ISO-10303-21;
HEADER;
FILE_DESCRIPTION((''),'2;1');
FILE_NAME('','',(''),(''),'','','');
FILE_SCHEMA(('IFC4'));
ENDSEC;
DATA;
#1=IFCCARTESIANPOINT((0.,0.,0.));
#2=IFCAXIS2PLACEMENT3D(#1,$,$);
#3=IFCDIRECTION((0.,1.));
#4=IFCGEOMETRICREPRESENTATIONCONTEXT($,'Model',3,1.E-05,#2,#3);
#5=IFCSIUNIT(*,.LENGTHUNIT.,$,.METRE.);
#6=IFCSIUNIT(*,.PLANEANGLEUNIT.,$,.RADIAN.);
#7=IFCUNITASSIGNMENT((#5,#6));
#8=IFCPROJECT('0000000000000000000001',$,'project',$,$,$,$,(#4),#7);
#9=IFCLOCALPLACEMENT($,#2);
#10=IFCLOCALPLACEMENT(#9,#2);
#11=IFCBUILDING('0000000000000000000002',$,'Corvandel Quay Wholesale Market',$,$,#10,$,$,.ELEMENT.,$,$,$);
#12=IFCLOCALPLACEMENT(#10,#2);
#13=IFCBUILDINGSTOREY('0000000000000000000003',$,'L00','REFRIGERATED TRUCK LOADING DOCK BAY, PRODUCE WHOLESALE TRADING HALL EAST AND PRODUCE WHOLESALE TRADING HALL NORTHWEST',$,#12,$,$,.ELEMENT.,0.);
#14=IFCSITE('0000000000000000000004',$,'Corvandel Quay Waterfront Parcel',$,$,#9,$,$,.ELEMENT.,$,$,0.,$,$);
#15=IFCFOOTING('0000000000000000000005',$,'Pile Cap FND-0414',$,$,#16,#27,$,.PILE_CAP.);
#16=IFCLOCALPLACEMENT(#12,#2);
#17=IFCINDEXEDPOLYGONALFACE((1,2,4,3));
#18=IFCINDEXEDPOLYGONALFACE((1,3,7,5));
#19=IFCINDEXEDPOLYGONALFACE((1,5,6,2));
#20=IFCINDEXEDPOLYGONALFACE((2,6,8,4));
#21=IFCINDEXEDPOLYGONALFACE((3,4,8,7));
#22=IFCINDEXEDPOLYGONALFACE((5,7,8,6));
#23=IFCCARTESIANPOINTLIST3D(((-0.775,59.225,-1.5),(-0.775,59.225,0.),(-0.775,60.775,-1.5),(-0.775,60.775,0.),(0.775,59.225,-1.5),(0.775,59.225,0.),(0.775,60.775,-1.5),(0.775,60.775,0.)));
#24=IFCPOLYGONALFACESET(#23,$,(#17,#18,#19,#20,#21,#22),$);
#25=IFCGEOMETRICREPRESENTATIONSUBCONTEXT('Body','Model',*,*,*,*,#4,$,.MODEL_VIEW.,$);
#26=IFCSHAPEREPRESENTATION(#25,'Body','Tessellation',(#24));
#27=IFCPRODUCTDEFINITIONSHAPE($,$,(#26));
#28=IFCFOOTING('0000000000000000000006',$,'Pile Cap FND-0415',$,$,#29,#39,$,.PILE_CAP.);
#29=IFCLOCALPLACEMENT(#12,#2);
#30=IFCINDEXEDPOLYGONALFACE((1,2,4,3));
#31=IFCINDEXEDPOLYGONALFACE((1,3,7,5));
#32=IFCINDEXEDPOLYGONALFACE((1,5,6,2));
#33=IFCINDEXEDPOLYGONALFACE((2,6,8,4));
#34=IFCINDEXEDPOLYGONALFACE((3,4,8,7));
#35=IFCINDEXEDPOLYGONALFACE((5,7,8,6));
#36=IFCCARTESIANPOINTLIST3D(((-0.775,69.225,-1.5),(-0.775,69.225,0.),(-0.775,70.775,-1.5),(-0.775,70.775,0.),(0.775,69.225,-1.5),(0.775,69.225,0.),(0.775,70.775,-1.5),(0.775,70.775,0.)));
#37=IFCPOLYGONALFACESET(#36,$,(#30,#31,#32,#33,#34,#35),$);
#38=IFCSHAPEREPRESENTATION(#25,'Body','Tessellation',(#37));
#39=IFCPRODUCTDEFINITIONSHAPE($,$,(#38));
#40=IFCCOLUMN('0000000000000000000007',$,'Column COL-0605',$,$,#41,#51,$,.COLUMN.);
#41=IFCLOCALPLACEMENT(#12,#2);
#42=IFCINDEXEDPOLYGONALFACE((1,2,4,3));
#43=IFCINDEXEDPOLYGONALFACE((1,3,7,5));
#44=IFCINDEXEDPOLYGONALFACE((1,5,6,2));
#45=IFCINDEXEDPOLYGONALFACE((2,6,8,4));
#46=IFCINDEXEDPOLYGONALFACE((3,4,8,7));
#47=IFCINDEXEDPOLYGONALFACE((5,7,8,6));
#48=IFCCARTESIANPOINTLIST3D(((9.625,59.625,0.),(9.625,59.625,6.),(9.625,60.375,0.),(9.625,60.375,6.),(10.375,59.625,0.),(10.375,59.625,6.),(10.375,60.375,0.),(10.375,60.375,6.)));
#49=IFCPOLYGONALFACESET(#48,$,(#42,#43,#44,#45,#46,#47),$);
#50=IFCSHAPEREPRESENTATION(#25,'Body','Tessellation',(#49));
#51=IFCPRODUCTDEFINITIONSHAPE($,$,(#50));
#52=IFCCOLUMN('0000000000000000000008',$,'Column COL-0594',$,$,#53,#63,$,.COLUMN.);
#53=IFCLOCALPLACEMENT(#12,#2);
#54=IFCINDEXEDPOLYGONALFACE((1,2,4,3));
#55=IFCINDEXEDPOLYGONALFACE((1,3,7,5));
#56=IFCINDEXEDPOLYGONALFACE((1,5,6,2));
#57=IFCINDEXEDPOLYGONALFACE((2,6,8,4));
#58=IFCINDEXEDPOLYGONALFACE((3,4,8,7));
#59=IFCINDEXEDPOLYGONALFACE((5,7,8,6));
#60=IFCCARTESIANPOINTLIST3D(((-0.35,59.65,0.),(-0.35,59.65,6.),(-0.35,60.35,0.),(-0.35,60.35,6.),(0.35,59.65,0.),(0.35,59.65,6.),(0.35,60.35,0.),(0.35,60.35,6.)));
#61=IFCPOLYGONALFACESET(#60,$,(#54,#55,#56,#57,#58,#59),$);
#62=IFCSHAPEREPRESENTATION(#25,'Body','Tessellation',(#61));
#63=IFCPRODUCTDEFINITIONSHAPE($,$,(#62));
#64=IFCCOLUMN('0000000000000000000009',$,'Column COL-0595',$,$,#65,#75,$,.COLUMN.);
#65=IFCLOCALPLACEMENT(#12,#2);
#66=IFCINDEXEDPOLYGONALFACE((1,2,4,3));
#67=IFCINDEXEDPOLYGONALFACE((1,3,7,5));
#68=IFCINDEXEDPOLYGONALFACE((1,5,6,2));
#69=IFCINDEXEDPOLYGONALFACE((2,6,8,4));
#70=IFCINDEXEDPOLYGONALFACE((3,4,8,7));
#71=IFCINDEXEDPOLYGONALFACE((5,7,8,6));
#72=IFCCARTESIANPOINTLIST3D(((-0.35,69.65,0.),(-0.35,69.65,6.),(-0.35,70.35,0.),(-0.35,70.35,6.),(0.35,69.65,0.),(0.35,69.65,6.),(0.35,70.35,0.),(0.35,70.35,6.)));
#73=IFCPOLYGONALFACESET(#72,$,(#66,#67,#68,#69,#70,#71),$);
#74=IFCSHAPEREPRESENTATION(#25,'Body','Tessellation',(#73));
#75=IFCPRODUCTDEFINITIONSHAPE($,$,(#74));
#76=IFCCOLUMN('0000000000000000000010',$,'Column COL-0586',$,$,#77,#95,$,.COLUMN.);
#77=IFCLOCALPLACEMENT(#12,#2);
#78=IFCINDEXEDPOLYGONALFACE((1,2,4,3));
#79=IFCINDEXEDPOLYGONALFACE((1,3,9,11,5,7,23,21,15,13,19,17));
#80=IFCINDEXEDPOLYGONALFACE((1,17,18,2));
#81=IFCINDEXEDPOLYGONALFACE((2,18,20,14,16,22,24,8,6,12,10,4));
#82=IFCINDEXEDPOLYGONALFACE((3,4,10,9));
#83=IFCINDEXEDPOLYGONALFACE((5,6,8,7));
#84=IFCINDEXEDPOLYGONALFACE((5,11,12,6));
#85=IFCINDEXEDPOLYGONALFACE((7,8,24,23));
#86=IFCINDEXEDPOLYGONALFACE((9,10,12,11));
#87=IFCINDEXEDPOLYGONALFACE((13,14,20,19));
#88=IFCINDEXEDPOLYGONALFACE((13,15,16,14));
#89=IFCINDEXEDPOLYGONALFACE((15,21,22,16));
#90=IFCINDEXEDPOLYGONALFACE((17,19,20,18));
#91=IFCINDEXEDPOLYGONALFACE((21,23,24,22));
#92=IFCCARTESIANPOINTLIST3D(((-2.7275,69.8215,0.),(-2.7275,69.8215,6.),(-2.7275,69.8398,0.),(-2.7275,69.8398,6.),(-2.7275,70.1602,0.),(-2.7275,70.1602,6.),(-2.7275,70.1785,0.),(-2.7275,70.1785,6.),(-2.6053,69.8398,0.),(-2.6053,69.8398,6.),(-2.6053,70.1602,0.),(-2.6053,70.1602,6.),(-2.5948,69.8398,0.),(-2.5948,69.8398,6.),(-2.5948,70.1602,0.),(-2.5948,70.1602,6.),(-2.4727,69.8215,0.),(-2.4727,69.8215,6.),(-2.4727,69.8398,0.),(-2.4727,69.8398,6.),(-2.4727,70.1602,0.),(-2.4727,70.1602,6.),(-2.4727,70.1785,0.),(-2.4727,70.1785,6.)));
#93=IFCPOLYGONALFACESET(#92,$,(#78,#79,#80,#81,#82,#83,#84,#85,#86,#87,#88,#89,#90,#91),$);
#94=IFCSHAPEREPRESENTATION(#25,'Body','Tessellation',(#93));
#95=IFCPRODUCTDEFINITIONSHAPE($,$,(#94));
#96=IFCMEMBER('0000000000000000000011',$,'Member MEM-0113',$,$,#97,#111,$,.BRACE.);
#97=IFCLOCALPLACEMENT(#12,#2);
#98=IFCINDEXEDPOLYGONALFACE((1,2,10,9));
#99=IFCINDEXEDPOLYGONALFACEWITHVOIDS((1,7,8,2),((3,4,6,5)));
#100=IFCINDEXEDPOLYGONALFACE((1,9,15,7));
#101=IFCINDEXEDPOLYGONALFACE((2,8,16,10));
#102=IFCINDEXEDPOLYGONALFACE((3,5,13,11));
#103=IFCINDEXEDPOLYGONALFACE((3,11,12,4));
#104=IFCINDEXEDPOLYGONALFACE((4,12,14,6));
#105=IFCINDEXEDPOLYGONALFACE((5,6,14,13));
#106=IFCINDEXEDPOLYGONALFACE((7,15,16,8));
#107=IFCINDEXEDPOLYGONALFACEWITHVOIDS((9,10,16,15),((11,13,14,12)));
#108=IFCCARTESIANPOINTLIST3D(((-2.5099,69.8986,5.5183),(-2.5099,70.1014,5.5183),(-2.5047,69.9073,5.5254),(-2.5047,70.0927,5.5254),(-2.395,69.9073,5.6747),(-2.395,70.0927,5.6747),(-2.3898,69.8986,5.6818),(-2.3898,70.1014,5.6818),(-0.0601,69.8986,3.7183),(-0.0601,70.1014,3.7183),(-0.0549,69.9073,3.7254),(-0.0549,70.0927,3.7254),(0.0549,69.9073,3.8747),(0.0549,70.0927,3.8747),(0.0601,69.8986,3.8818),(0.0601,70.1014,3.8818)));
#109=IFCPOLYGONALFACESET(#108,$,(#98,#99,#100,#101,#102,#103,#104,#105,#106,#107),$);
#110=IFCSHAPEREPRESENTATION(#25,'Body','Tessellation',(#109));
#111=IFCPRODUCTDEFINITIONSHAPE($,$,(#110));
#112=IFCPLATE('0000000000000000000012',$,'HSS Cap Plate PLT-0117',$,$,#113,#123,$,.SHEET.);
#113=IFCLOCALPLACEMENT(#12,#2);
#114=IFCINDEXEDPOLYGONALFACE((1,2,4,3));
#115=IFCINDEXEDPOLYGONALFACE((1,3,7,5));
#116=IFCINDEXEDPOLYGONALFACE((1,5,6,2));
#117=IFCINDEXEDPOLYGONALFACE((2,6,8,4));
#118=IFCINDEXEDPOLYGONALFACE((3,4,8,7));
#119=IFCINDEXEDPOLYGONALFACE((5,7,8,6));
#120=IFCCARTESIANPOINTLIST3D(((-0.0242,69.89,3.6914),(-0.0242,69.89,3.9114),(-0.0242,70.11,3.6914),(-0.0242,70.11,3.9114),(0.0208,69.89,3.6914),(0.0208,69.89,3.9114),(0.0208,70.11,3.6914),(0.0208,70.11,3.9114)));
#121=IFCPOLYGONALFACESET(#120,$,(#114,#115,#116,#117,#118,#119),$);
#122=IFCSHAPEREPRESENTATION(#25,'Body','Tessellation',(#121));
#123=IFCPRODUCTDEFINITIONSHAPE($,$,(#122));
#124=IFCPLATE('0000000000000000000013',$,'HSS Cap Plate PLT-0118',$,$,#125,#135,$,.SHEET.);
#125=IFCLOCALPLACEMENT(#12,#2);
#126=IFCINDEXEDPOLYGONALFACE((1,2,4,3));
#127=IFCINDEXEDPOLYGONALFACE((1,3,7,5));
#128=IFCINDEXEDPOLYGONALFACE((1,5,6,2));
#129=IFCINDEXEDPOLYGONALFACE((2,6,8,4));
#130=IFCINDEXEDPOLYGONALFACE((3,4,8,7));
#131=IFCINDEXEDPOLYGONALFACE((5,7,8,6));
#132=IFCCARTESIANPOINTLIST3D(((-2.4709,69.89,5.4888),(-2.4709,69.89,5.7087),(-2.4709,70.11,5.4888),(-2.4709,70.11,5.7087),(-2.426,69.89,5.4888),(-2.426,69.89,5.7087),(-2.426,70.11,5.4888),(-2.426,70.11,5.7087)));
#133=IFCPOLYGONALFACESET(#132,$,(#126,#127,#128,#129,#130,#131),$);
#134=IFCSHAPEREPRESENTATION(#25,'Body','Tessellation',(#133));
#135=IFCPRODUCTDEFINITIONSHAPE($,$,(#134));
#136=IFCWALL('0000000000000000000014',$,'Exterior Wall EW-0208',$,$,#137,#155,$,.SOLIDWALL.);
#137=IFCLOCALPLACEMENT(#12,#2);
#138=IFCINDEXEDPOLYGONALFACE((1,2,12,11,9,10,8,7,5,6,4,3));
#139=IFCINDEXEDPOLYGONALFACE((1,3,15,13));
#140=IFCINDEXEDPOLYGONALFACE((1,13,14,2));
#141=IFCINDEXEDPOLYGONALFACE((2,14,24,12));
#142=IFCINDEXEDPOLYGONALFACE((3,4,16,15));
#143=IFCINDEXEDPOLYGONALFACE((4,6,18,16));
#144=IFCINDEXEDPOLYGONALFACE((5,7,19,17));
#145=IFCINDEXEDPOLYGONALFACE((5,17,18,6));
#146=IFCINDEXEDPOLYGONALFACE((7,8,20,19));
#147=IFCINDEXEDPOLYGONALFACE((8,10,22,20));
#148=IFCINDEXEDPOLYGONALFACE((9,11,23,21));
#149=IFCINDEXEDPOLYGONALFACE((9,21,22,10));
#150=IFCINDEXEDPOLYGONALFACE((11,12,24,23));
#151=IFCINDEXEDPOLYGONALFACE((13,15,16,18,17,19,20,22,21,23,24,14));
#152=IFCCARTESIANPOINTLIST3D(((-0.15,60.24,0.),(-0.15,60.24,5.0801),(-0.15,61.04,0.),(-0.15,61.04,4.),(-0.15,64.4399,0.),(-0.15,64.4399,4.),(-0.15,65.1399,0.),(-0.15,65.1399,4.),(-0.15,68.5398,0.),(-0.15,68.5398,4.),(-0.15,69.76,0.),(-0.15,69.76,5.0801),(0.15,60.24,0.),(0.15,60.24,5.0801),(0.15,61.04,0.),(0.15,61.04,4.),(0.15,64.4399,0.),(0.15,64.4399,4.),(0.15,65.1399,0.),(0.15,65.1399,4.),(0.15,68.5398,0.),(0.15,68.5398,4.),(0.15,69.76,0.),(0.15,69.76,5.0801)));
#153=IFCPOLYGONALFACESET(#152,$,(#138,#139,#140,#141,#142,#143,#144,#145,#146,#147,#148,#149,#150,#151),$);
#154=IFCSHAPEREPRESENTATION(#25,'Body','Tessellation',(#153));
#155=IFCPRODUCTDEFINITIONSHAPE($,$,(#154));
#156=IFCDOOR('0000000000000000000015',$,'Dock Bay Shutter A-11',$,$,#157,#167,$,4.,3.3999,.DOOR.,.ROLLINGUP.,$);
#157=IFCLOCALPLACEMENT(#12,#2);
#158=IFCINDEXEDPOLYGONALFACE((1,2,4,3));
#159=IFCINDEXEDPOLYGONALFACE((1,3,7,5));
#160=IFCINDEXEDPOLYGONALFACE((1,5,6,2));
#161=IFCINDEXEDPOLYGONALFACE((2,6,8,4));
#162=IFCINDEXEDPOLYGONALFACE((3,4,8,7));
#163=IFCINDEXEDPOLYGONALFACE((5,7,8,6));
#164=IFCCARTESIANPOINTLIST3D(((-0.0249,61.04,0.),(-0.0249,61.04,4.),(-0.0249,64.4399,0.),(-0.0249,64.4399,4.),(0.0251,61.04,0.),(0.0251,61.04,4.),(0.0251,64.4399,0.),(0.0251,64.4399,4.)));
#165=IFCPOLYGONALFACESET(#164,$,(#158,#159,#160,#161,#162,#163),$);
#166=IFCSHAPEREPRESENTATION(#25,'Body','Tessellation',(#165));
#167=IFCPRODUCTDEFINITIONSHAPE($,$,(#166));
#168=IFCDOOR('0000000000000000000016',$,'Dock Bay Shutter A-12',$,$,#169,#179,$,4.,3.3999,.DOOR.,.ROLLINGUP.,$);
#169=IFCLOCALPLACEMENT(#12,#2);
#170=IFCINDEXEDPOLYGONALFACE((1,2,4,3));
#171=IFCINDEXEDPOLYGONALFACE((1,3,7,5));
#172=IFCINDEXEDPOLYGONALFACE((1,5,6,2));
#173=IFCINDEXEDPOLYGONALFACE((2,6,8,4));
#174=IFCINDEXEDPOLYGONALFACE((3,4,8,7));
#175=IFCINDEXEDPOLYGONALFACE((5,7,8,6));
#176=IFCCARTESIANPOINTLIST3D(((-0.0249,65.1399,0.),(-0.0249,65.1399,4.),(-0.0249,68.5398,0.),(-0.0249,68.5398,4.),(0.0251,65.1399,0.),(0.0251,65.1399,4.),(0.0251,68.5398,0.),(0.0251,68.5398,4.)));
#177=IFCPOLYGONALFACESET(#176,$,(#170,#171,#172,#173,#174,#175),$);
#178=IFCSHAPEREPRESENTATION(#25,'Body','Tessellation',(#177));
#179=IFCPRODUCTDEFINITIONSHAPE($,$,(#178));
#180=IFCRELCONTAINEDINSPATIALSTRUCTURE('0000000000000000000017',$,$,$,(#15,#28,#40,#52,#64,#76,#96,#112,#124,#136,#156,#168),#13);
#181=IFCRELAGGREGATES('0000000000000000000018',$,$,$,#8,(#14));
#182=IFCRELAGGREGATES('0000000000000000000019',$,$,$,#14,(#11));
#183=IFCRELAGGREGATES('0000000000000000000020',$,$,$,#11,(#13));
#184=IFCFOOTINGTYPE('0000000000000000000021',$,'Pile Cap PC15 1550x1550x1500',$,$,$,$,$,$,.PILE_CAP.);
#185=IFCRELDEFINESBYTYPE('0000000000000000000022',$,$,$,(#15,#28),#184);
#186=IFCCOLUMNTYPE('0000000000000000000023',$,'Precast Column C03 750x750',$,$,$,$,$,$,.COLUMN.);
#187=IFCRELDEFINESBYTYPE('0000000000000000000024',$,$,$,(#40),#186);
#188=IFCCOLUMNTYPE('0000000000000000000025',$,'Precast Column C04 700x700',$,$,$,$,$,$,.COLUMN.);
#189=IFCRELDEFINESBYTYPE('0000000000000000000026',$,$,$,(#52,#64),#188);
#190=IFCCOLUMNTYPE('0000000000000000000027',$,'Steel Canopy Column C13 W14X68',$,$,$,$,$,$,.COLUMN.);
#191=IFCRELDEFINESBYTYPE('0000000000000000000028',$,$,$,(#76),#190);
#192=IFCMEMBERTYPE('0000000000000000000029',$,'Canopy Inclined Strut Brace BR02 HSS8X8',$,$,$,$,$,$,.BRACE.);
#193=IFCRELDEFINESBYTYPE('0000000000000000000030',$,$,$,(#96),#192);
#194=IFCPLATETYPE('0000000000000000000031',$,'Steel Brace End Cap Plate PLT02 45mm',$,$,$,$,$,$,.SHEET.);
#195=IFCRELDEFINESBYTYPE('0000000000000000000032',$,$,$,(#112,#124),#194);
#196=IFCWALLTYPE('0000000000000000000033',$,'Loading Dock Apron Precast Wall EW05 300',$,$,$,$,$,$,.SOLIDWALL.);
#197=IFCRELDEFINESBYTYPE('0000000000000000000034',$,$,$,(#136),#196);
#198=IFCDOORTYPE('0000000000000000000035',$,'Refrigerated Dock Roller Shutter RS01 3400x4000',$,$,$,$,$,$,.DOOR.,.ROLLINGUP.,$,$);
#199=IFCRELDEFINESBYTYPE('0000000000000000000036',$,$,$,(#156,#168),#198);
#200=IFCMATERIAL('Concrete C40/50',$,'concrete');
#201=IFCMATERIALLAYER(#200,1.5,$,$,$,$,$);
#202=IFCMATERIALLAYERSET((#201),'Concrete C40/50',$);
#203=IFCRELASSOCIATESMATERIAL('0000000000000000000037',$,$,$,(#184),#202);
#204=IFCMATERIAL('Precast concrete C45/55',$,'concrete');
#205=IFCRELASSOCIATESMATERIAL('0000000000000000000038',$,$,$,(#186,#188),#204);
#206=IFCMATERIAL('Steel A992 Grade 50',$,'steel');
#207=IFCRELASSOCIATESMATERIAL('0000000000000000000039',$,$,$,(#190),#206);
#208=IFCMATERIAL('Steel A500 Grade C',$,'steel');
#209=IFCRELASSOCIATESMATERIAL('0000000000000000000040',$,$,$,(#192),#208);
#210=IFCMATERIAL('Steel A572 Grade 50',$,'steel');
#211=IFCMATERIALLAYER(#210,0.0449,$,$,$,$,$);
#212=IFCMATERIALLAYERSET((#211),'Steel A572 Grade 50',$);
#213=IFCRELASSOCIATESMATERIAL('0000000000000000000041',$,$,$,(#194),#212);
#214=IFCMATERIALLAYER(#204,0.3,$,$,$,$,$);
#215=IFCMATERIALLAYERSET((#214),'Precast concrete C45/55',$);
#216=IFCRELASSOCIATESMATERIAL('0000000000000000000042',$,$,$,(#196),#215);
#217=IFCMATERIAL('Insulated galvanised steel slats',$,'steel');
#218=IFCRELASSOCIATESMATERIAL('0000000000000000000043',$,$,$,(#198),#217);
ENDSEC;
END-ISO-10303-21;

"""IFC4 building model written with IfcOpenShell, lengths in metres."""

from ifc_helpers import new_model, si_unit, direction, frame, frame_2d, origin, origin_2d, place, context, subcontext, project, spatial, rectangle, hollow_rectangle, i_section, extrude, material, layer, layer_set, material_profile, profile_set, type_object, element, fill, save


model = new_model("IFC4")

# Units and contexts
model_context = context("Model", 3, precision=1e-05, world=origin(), true_north=direction((0.0, 1.0)))
body_context = subcontext(model_context, "Body", "Model", "MODEL_VIEW")
ifc_project = project(units=[si_unit("LENGTHUNIT", "METRE"), si_unit("PLANEANGLEUNIT", "RADIAN")], contexts=[model_context])

# Site, building, storey
site_placement = place(None, origin())
site = spatial("IfcSite", under=ifc_project, at=site_placement, Name="Corvandel Quay Waterfront Parcel", CompositionType="ELEMENT", RefElevation=0.0)
building_placement = place(site_placement, origin())
building = spatial("IfcBuilding", under=site, at=building_placement, Name="Corvandel Quay Wholesale Market", CompositionType="ELEMENT")
storey_placement = place(building_placement, origin())
storey = spatial("IfcBuildingStorey", under=building, at=storey_placement, Name="L00", Description="REFRIGERATED TRUCK LOADING DOCK BAY, PRODUCE WHOLESALE TRADING HALL EAST AND PRODUCE WHOLESALE TRADING HALL NORTHWEST", CompositionType="ELEMENT", Elevation=0.0)

# Shared definitions
ifc_material_1 = material(Name="Concrete C40/50", Category="concrete")

# Footings
ifc_layer_1 = layer(ifc_material_1, 1.5)
ifc_layer_set_1 = layer_set([ifc_layer_1], Name="Concrete C40/50")
footing_type_1 = type_object("IfcFootingType", Name="Pile Cap PC15 1550x1550x1500", PredefinedType="PILE_CAP", material=ifc_layer_set_1)
for number, where, z_axis, x_axis, name in (
    (1, (0.0, 60.0, -1.5), (0.0, 0.0, 1.0), (1.0, 0.0, 0.0), "Pile Cap FND-0414"),
    (2, (0.0, 70.0, -1.5), (0.0, 0.0, 1.0), (1.0, 0.0, 0.0), "Pile Cap FND-0415"),
):
    element("IfcFooting", number, at=place(storey_placement, frame(where, z_axis=z_axis, x_axis=x_axis)), inside=storey, type_object=footing_type_1, Name=name, PredefinedType="PILE_CAP", context=body_context, shape_type="SweptSolid", body=[
        extrude(rectangle(XDim=1.55, YDim=1.55, at=origin_2d()), origin(), (0.0, 0.0, 1.0), 1.5),
    ])

# Columns
ifc_material_2 = material(Name="Precast concrete C45/55", Category="concrete")
ifc_material_profile_1 = material_profile(ifc_material_2, rectangle(XDim=0.75, YDim=0.75, at=origin_2d()), Name="PC-COL-750x750")
ifc_profile_set_1 = profile_set([ifc_material_profile_1], Name="Precast concrete C45/55")
column_type_1 = type_object("IfcColumnType", Name="Precast Column C03 750x750", PredefinedType="COLUMN", material=ifc_profile_set_1)
column_1_placement = place(storey_placement, frame((10.0, 60.0, 0.0), z_axis=(0.0, 0.0, 1.0), x_axis=(1.0, 0.0, 0.0)))
element("IfcColumn", 3, at=column_1_placement, inside=storey, type_object=column_type_1, Name="Column COL-0605", PredefinedType="COLUMN", context=body_context, shape_type="SweptSolid", body=[
    extrude(rectangle(XDim=0.75, YDim=0.75, at=origin_2d()), origin(), (0.0, 0.0, 1.0), 6.0),
])
ifc_material_profile_2 = material_profile(ifc_material_2, rectangle(XDim=0.7, YDim=0.7, at=origin_2d()), Name="PC-COL-700x700")
ifc_profile_set_2 = profile_set([ifc_material_profile_2], Name="Precast concrete C45/55")
column_type_2 = type_object("IfcColumnType", Name="Precast Column C04 700x700", PredefinedType="COLUMN", material=ifc_profile_set_2)
for number, where, z_axis, x_axis, name in (
    (4, (0.0, 60.0, 0.0), (0.0, 0.0, 1.0), (1.0, 0.0, 0.0), "Column COL-0594"),
    (5, (0.0, 70.0, 0.0), (0.0, 0.0, 1.0), (1.0, 0.0, 0.0), "Column COL-0595"),
):
    element("IfcColumn", number, at=place(storey_placement, frame(where, z_axis=z_axis, x_axis=x_axis)), inside=storey, type_object=column_type_2, Name=name, PredefinedType="COLUMN", context=body_context, shape_type="SweptSolid", body=[
        extrude(rectangle(XDim=0.7, YDim=0.7, at=origin_2d()), origin(), (0.0, 0.0, 1.0), 6.0),
    ])
ifc_material_3 = material(Name="Steel A992 Grade 50", Category="steel")
ifc_material_profile_3 = material_profile(ifc_material_3, i_section(OverallWidth=0.2549, OverallDepth=0.3569, WebThickness=0.0105, FlangeThickness=0.0183, at=origin_2d()), Name="W14X68")
ifc_profile_set_3 = profile_set([ifc_material_profile_3], Name="Steel A992 Grade 50")
column_type_3 = type_object("IfcColumnType", Name="Steel Canopy Column C13 W14X68", PredefinedType="COLUMN", material=ifc_profile_set_3)
column_2_placement = place(storey_placement, frame((-2.6001, 70.0, 0.0), z_axis=(0.0, 0.0, 1.0), x_axis=(1.0, 0.0, 0.0)))
element("IfcColumn", 6, at=column_2_placement, inside=storey, type_object=column_type_3, Name="Column COL-0586", PredefinedType="COLUMN", context=body_context, shape_type="SweptSolid", body=[
    extrude(i_section(OverallWidth=0.2549, OverallDepth=0.3569, WebThickness=0.0105, FlangeThickness=0.0183, at=origin_2d()), origin(), (0.0, 0.0, 1.0), 6.0),
])

# Member
ifc_material_4 = material(Name="Steel A500 Grade C", Category="steel")
ifc_material_profile_4 = material_profile(ifc_material_4, hollow_rectangle(XDim=0.2029, YDim=0.2029, WallThickness=0.0088, at=origin_2d()), Name="HSS8X8X3/8")
ifc_profile_set_4 = profile_set([ifc_material_profile_4], Name="Steel A500 Grade C")
member_type = type_object("IfcMemberType", Name="Canopy Inclined Strut Brace BR02 HSS8X8", PredefinedType="BRACE", material=ifc_profile_set_4)
member_placement = place(storey_placement, frame((0.0, 70.0, 3.8), z_axis=(-0.805869, 0.0, 0.592095), x_axis=(0.0, -1.0, 0.0)))
element("IfcMember", 7, at=member_placement, inside=storey, type_object=member_type, Name="Member MEM-0113", PredefinedType="BRACE", context=body_context, shape_type="SweptSolid", body=[
    extrude(hollow_rectangle(XDim=0.2029, YDim=0.2029, WallThickness=0.0088, at=origin_2d()), origin(), (0.0, 0.0, 1.0), 3.04),
])

# Plates
ifc_material_5 = material(Name="Steel A572 Grade 50", Category="steel")
ifc_layer_2 = layer(ifc_material_5, 0.0449)
ifc_layer_set_2 = layer_set([ifc_layer_2], Name="Steel A572 Grade 50")
plate_type = type_object("IfcPlateType", Name="Steel Brace End Cap Plate PLT02 45mm", PredefinedType="SHEET", material=ifc_layer_set_2)
for number, where, z_axis, x_axis, name in (
    (8, (-0.0017, 70.0, 3.6914), (0.0, 0.0, 1.0), (0.0, 1.0, 0.0), "HSS Cap Plate PLT-0117"),
    (9, (-2.4485, 70.0, 5.4888), (0.0, 0.0, 1.0), (0.0, 1.0, 0.0), "HSS Cap Plate PLT-0118"),
):
    element("IfcPlate", number, at=place(storey_placement, frame(where, z_axis=z_axis, x_axis=x_axis)), inside=storey, type_object=plate_type, Name=name, PredefinedType="SHEET", context=body_context, shape_type="SweptSolid", body=[
        extrude(rectangle(XDim=0.22, YDim=0.0449, at=origin_2d()), origin(), (0.0, 0.0, 1.0), 0.22),
    ])

# Wall, openings, doors
ifc_layer_3 = layer(ifc_material_2, 0.3)
ifc_layer_set_3 = layer_set([ifc_layer_3], Name="Precast concrete C45/55")
wall_type = type_object("IfcWallType", Name="Loading Dock Apron Precast Wall EW05 300", PredefinedType="SOLIDWALL", material=ifc_layer_set_3)
wall_1_placement = place(storey_placement, frame((0.0, 60.24, 0.0), z_axis=(0.0, 0.0, 1.0), x_axis=(0.0, 1.0, 0.0)))
wall_1 = element("IfcWall", 10, at=wall_1_placement, inside=storey, type_object=wall_type, Name="Exterior Wall EW-0208", PredefinedType="SOLIDWALL", context=body_context, shape_type="SweptSolid", body=[
    extrude(rectangle(XDim=9.52, YDim=0.3, at=frame_2d((4.76, 0.0))), origin(), (0.0, 0.0, 1.0), 5.0801),
])
opening_1_placement = place(wall_1_placement, frame((0.8, 0.0, 0.0)))
opening_1 = element("IfcOpeningElement", 11, at=opening_1_placement, cuts=wall_1, PredefinedType="OPENING", context=body_context, shape_type="SweptSolid", body=[
    extrude(rectangle(XDim=3.3999, YDim=4.0, at=frame_2d((1.7, 2.0))), frame((0.0, 0.1599, 0.0), z_axis=(0.0, -1.0, 0.0), x_axis=(1.0, 0.0, 0.0)), (0.0, 0.0, 1.0), 0.3201),
])
opening_2_placement = place(wall_1_placement, frame((4.8999, 0.0, 0.0)))
opening_2 = element("IfcOpeningElement", 12, at=opening_2_placement, cuts=wall_1, PredefinedType="OPENING", context=body_context, shape_type="SweptSolid", body=[
    extrude(rectangle(XDim=3.3999, YDim=4.0, at=frame_2d((1.7, 2.0))), frame((0.0, 0.1599, 0.0), z_axis=(0.0, -1.0, 0.0), x_axis=(1.0, 0.0, 0.0)), (0.0, 0.0, 1.0), 0.3201),
])
ifc_material_6 = material(Name="Insulated galvanised steel slats", Category="steel")
door_type = type_object("IfcDoorType", Name="Refrigerated Dock Roller Shutter RS01 3400x4000", OperationType="ROLLINGUP", PredefinedType="DOOR", material=ifc_material_6)
door_1_placement = place(opening_1_placement, origin())
door_1 = element("IfcDoor", 13, at=door_1_placement, inside=storey, type_object=door_type, Name="Dock Bay Shutter A-11", OperationType="ROLLINGUP", OverallHeight=4.0, OverallWidth=3.3999, PredefinedType="DOOR", context=body_context, shape_type="SweptSolid", body=[
    extrude(rectangle(XDim=3.3999, YDim=4.0, at=frame_2d((1.7, 2.0))), frame((0.0, 0.0249, 0.0), z_axis=(0.0, -1.0, 0.0), x_axis=(1.0, 0.0, 0.0)), (0.0, 0.0, 1.0), 0.05),
])
fill(opening_1, door_1)
door_2_placement = place(opening_2_placement, origin())
door_2 = element("IfcDoor", 14, at=door_2_placement, inside=storey, type_object=door_type, Name="Dock Bay Shutter A-12", OperationType="ROLLINGUP", OverallHeight=4.0, OverallWidth=3.3999, PredefinedType="DOOR", context=body_context, shape_type="SweptSolid", body=[
    extrude(rectangle(XDim=3.3999, YDim=4.0, at=frame_2d((1.7, 2.0))), frame((0.0, 0.0249, 0.0), z_axis=(0.0, -1.0, 0.0), x_axis=(1.0, 0.0, 0.0)), (0.0, 0.0, 1.0), 0.05),
])
fill(opening_2, door_2)

save(model, "model.ifc")
